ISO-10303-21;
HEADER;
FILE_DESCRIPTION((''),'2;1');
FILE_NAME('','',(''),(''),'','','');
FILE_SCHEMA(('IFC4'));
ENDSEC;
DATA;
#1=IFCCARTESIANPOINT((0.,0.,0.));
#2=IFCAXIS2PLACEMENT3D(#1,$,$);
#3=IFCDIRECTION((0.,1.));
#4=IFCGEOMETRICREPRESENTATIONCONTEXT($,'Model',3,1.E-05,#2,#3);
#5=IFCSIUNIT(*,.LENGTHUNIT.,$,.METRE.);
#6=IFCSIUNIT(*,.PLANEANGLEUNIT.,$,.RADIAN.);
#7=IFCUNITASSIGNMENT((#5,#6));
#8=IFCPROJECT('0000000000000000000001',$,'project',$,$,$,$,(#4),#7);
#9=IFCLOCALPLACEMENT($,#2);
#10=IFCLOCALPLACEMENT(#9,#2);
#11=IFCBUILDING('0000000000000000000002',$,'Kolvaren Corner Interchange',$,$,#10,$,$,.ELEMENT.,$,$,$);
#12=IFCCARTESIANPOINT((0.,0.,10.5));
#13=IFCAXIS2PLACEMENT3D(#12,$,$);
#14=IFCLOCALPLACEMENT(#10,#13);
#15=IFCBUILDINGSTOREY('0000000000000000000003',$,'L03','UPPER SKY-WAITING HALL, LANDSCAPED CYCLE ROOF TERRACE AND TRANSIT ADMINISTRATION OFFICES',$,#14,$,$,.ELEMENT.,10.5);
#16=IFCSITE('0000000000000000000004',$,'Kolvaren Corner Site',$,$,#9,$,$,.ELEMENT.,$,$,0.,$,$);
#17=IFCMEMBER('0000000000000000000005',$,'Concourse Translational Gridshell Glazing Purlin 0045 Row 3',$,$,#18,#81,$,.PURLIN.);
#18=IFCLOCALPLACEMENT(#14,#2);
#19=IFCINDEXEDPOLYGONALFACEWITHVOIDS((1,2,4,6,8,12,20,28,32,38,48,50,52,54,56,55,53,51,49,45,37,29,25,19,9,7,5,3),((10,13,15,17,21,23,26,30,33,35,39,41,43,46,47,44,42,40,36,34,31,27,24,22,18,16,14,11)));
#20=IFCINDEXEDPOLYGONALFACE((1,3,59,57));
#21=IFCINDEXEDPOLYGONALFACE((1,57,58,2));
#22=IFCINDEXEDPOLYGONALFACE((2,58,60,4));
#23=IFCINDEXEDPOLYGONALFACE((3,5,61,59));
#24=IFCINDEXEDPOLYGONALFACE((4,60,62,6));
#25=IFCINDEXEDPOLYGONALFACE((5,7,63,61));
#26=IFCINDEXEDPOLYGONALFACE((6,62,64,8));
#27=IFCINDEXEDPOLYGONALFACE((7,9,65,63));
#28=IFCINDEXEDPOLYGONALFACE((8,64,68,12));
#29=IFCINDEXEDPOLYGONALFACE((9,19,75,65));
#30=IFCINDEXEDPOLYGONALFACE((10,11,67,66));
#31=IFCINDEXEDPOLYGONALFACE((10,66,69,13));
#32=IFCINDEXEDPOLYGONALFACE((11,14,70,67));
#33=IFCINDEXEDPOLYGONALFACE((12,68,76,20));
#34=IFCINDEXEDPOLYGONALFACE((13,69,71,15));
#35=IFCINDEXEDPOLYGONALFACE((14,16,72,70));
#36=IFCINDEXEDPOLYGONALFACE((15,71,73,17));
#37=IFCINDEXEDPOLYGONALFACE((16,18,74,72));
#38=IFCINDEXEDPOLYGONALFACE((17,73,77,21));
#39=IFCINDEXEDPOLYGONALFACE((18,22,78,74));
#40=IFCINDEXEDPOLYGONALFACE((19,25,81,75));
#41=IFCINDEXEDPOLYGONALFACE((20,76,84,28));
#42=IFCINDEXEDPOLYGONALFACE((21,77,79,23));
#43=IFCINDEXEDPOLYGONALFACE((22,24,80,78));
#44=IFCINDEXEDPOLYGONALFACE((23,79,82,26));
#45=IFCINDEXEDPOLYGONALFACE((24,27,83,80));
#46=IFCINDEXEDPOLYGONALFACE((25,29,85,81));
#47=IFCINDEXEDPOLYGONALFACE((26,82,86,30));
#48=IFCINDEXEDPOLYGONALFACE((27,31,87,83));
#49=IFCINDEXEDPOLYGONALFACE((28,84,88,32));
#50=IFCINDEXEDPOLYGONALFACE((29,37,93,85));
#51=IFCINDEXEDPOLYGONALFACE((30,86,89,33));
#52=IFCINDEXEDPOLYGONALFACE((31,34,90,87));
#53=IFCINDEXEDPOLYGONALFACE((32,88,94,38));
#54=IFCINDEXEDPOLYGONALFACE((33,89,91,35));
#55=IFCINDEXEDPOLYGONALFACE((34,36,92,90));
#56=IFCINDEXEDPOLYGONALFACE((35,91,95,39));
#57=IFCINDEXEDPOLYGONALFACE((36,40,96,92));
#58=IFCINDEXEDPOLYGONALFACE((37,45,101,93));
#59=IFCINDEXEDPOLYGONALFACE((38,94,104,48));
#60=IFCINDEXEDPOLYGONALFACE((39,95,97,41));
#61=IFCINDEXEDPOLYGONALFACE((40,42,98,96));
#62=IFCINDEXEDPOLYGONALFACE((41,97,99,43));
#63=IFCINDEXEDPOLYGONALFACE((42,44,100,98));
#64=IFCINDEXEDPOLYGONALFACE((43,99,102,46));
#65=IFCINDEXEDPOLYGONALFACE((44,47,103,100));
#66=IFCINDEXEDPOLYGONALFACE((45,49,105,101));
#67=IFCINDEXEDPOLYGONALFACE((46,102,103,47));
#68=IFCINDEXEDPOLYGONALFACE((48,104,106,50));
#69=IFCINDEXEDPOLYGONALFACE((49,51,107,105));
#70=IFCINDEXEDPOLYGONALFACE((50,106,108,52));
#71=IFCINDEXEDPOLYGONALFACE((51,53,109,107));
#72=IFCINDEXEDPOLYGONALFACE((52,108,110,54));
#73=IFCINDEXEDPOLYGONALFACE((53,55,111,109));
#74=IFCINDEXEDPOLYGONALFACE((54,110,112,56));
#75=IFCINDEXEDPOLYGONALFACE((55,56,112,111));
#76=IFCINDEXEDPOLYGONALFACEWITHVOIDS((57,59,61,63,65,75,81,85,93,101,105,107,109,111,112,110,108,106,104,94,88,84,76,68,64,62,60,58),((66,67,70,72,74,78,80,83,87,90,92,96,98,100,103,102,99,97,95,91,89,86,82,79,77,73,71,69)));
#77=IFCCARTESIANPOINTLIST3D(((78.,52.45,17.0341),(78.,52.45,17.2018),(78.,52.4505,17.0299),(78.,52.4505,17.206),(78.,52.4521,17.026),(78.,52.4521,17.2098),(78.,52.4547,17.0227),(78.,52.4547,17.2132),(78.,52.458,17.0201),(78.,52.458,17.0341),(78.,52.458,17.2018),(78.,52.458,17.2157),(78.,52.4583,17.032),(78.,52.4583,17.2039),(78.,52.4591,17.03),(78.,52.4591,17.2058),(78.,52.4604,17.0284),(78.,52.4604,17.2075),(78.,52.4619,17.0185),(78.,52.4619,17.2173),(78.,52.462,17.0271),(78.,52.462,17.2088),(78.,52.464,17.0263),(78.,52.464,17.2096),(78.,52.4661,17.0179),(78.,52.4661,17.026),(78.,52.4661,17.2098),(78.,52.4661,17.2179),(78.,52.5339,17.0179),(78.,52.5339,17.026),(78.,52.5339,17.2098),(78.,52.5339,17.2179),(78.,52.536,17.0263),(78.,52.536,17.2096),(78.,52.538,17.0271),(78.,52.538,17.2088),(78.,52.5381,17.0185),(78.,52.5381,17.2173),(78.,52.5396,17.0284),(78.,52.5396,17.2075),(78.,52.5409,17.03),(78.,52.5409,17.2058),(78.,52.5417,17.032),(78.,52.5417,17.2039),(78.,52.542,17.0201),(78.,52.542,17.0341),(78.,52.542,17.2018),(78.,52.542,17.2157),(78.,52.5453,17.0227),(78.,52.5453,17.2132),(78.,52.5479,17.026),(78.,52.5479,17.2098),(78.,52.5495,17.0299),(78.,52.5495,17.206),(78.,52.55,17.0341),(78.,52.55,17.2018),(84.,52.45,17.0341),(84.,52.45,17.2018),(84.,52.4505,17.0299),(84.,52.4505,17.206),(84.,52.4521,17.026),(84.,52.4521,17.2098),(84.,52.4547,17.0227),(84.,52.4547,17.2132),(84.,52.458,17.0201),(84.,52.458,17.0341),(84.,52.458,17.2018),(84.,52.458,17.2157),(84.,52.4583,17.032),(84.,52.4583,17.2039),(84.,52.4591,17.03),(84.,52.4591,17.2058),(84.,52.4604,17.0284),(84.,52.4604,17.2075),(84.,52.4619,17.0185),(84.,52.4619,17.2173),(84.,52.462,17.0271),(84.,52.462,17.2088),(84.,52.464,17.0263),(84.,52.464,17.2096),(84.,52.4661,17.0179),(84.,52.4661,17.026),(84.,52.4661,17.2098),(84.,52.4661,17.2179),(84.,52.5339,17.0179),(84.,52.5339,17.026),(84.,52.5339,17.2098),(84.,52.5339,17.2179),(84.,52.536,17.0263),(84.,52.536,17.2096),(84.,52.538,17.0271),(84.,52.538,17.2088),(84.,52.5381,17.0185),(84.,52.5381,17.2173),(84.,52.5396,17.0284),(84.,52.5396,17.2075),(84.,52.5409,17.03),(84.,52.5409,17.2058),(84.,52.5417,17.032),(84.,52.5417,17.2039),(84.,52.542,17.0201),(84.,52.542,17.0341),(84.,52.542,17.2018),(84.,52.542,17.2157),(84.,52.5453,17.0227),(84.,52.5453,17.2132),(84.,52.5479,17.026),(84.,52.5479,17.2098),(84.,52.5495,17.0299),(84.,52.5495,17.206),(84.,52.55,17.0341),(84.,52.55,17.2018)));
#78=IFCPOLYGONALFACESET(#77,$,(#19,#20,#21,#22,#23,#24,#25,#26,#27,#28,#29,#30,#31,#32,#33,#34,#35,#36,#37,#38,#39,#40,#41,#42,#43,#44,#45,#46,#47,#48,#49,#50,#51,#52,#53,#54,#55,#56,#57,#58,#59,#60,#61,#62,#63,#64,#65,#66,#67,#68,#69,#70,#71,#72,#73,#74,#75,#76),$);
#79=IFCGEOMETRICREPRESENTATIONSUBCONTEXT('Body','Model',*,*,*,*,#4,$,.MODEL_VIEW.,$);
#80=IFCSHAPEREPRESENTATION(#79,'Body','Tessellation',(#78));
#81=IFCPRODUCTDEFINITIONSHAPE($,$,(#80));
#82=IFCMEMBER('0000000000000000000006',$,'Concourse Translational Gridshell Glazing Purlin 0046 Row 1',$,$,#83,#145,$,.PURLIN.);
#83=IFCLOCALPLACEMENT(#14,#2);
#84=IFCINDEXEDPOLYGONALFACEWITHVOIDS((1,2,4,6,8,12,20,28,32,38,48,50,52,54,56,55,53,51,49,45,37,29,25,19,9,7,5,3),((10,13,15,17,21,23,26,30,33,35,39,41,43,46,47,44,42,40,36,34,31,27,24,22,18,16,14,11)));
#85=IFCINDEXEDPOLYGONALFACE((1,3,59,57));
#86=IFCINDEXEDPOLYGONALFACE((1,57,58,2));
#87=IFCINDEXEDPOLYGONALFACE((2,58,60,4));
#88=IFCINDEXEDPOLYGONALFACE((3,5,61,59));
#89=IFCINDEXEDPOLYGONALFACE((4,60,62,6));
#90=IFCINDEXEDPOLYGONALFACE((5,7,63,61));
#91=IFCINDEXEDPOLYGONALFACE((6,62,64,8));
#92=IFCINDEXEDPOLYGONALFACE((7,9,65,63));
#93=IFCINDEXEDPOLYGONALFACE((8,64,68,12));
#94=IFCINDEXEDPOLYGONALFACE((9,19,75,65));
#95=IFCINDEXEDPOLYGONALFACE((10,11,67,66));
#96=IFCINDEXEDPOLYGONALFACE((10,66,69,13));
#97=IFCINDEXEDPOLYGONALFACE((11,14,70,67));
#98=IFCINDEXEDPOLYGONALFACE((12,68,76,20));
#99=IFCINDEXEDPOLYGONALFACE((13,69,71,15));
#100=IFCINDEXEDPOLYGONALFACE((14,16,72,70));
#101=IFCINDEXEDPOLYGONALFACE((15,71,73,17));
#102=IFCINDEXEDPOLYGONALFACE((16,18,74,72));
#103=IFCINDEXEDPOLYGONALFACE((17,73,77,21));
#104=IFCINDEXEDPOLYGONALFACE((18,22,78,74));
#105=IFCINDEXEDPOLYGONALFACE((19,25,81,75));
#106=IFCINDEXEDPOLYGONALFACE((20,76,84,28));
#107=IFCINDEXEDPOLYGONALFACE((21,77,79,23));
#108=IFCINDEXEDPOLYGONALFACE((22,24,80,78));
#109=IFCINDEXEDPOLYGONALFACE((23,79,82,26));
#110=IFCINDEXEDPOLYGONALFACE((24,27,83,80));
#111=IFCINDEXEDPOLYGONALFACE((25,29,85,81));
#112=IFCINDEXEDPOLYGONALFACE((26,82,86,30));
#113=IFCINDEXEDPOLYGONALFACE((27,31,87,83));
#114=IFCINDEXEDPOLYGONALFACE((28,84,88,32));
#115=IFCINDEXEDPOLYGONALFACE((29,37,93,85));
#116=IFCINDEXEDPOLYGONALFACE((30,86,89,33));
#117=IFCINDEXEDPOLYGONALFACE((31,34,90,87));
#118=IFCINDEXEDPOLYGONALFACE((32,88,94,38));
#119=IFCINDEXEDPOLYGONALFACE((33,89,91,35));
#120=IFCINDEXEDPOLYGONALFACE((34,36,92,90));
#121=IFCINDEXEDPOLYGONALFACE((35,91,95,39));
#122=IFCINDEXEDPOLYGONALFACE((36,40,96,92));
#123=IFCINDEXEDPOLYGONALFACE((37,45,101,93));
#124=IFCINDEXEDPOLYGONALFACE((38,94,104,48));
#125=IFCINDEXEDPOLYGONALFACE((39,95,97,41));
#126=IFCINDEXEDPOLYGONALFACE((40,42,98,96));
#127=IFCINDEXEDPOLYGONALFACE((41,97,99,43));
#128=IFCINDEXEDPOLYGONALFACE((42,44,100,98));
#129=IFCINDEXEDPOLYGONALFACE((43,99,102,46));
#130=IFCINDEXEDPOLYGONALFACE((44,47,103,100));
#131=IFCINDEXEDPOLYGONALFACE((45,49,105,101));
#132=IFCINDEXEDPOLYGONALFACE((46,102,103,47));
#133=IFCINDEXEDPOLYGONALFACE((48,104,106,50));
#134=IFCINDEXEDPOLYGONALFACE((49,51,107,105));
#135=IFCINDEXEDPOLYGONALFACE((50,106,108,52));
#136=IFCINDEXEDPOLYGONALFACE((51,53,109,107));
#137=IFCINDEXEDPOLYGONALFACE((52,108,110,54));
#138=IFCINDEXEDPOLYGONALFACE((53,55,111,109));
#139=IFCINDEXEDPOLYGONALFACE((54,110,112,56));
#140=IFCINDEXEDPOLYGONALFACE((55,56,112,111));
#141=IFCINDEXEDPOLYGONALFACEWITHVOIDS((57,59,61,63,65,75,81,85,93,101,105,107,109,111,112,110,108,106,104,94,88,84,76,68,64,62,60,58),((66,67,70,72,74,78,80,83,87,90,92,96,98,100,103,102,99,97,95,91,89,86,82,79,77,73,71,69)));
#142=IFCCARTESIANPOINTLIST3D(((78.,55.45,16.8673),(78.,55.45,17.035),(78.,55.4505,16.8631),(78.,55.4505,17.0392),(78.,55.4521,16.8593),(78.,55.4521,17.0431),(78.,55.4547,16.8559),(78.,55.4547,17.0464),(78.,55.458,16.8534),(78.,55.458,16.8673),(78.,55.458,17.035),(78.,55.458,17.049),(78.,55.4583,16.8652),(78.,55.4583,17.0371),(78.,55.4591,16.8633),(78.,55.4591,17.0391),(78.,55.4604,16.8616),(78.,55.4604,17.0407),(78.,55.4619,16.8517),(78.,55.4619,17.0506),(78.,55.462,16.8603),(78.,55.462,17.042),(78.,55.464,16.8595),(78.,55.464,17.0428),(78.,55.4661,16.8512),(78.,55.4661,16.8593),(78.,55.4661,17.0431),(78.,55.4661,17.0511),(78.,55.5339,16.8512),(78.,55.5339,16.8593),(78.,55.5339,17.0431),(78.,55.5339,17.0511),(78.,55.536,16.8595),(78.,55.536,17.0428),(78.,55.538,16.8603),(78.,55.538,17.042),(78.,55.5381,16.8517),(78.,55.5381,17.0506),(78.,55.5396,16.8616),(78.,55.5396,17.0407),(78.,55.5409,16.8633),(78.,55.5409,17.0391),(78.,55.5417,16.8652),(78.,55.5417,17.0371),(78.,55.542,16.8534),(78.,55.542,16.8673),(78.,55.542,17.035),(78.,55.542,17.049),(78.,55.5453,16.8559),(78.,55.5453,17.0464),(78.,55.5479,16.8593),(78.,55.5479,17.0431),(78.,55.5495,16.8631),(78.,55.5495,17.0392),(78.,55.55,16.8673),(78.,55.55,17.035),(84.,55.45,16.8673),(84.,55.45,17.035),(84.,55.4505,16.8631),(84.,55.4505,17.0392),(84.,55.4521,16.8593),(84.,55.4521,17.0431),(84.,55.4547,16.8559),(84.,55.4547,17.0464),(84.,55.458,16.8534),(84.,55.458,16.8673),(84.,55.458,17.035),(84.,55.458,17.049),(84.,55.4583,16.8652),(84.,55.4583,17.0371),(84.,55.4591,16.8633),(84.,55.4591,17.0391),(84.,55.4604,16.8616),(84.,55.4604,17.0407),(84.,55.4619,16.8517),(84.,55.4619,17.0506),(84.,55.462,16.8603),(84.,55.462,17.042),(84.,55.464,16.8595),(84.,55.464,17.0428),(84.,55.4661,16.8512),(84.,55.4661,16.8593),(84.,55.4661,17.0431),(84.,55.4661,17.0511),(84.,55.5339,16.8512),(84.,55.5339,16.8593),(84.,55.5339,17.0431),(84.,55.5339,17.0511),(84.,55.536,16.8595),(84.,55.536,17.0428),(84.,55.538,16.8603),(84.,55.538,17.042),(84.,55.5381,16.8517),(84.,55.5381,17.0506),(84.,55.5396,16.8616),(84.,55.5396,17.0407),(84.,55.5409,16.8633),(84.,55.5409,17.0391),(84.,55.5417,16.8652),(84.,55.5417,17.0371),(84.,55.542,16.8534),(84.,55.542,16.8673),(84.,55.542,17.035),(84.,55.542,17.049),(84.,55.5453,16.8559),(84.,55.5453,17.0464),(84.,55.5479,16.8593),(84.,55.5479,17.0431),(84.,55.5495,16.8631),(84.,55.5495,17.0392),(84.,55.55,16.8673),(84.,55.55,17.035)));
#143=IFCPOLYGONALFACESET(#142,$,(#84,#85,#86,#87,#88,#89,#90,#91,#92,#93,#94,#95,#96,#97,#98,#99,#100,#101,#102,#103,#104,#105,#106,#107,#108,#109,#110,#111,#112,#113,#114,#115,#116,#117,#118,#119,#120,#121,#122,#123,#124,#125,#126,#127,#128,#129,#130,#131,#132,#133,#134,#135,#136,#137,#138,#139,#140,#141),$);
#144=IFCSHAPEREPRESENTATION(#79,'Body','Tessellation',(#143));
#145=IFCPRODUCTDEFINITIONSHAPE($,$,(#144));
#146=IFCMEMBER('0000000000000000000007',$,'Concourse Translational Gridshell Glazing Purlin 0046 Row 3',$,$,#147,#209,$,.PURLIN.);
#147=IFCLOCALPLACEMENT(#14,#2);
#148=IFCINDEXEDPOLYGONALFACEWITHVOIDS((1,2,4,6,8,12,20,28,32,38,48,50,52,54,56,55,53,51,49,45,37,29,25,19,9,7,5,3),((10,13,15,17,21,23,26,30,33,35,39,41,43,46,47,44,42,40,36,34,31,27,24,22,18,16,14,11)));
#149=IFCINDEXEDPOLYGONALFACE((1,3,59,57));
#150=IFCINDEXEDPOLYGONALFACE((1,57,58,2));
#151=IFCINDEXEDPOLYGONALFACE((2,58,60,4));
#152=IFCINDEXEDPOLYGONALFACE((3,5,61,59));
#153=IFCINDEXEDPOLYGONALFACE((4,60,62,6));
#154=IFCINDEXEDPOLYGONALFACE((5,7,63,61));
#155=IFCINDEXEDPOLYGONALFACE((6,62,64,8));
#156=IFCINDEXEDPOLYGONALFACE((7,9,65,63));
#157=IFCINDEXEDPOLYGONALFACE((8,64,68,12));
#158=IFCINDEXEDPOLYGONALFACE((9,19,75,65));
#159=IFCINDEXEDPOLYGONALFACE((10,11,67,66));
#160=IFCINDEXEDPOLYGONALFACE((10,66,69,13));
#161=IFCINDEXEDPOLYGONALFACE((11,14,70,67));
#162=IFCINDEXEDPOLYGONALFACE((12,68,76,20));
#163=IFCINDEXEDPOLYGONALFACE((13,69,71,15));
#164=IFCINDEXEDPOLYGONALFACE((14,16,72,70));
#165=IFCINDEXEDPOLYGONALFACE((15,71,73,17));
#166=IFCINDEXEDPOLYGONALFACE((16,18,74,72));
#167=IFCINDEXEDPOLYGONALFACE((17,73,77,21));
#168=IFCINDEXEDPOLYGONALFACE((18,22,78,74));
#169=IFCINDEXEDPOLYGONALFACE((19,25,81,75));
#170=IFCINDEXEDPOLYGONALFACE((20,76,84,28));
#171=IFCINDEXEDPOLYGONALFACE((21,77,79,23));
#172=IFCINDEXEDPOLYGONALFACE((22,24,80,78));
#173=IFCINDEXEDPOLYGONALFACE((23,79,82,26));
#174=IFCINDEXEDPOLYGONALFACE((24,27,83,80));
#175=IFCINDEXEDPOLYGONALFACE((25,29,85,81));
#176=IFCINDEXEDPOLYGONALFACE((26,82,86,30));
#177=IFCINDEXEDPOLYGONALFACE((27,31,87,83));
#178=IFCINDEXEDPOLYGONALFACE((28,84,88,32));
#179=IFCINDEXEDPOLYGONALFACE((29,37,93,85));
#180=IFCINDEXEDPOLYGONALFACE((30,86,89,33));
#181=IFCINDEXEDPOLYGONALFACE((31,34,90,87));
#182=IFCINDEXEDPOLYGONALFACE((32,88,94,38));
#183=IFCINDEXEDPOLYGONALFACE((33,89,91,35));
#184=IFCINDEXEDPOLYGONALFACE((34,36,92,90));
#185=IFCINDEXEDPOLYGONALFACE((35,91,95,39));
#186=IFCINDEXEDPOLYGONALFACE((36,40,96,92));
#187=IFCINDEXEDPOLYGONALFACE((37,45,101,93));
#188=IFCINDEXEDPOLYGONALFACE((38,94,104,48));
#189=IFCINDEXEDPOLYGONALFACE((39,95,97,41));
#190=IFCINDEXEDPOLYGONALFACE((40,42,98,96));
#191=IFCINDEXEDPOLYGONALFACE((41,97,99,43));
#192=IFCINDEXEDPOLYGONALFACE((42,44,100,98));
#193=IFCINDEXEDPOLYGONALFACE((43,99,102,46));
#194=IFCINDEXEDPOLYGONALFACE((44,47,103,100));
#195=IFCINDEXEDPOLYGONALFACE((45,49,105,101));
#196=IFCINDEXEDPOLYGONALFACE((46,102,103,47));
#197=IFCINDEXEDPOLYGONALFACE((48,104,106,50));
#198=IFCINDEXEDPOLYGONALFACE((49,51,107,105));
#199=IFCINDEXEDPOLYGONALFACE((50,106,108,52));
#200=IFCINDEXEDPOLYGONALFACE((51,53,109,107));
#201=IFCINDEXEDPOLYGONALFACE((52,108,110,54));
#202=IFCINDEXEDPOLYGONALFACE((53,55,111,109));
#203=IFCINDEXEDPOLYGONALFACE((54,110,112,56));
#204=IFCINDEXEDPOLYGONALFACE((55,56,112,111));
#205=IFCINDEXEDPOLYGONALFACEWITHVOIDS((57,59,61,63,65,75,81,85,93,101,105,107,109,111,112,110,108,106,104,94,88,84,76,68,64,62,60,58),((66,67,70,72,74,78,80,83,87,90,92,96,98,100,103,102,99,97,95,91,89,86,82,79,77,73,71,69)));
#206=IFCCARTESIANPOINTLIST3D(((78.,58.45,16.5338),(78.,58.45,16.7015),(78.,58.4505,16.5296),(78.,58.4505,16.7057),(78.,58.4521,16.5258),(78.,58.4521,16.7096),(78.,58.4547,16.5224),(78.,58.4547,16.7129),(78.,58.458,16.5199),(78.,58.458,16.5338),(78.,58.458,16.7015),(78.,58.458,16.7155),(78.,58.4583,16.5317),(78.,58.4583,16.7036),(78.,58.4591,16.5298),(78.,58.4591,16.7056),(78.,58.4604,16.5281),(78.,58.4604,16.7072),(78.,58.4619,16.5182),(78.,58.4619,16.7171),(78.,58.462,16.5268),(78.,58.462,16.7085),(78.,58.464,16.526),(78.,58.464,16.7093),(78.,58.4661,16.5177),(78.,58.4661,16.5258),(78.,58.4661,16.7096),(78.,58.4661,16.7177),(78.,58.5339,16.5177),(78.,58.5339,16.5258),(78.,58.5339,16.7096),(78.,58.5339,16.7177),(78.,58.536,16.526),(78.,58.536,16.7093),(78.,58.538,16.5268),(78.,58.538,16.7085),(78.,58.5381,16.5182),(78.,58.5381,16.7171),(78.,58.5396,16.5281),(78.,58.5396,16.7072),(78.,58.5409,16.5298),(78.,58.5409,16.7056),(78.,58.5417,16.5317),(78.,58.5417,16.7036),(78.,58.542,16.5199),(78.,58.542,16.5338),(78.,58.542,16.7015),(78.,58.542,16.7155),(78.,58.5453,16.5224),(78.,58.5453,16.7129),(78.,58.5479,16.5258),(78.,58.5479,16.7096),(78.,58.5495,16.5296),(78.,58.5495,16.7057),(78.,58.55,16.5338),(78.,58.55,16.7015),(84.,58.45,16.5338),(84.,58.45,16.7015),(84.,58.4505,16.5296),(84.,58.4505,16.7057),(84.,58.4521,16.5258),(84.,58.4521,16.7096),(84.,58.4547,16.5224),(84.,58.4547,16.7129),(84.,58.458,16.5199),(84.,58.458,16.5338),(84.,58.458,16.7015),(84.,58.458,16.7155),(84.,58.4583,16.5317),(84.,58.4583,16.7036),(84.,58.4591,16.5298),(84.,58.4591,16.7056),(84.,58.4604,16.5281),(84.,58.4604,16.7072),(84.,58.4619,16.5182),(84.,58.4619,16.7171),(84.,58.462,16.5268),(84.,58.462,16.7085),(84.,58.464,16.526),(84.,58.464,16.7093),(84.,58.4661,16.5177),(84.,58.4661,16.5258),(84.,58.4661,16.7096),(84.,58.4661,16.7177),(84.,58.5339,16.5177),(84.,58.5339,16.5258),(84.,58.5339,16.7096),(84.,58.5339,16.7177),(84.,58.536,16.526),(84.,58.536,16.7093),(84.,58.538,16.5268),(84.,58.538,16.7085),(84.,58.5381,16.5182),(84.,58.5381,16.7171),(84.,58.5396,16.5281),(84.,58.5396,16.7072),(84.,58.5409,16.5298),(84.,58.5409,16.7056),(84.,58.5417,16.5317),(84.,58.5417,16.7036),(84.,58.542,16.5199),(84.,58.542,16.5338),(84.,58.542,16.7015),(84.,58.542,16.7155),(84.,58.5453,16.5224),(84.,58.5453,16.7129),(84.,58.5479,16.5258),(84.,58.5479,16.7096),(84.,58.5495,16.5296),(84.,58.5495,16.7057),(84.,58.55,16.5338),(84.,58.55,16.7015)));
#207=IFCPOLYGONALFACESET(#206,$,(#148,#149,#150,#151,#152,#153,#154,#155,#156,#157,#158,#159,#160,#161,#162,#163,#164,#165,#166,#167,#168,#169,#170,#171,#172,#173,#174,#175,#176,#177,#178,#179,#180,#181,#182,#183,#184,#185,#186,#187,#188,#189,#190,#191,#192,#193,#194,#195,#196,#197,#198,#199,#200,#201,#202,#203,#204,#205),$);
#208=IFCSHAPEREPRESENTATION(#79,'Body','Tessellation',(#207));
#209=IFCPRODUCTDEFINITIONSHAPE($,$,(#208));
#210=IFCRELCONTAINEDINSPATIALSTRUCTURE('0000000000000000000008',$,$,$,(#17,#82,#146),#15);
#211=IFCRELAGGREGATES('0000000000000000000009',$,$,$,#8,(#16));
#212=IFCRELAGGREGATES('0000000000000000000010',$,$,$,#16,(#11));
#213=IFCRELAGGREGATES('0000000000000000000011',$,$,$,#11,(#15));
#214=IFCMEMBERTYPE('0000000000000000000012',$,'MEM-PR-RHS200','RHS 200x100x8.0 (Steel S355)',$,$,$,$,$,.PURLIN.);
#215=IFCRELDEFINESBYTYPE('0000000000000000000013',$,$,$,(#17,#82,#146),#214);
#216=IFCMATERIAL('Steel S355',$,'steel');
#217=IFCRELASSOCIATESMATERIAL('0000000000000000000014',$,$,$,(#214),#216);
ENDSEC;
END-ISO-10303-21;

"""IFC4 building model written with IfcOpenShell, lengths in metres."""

from ifc_helpers import new_model, si_unit, direction, frame, origin, origin_2d, place, context, subcontext, project, spatial, hollow_rectangle, extrude, material, material_profile, profile_set, type_object, element, save


model = new_model("IFC4")

# Units and contexts
model_context = context("Model", 3, precision=1e-05, world=origin(), true_north=direction((0.0, 1.0)))
body_context = subcontext(model_context, "Body", "Model", "MODEL_VIEW")
ifc_project = project(units=[si_unit("LENGTHUNIT", "METRE"), si_unit("PLANEANGLEUNIT", "RADIAN")], contexts=[model_context])

# Site, building, storey
site_placement = place(None, origin())
site = spatial("IfcSite", under=ifc_project, at=site_placement, Name="Kolvaren Corner Site", CompositionType="ELEMENT", RefElevation=0.0)
building_placement = place(site_placement, origin())
building = spatial("IfcBuilding", under=site, at=building_placement, Name="Kolvaren Corner Interchange", CompositionType="ELEMENT")
storey_placement = place(building_placement, frame((0.0, 0.0, 10.5)))
storey = spatial("IfcBuildingStorey", under=building, at=storey_placement, Name="L03", Description="UPPER SKY-WAITING HALL, LANDSCAPED CYCLE ROOF TERRACE AND TRANSIT ADMINISTRATION OFFICES", CompositionType="ELEMENT", Elevation=10.5)

# Members
ifc_material_1 = material(Name="Steel S355", Category="steel")
ifc_material_profile_1 = material_profile(ifc_material_1, hollow_rectangle(XDim=0.1001, YDim=0.2, WallThickness=0.0081, InnerFilletRadius=0.0081, OuterFilletRadius=0.0161, at=origin_2d()), Name="RHS 200x100x8.0")
ifc_profile_set_1 = profile_set([ifc_material_profile_1], Name="Steel S355")
member_type_1 = type_object("IfcMemberType", Name="MEM-PR-RHS200", Description="RHS 200x100x8.0 (Steel S355)", PredefinedType="PURLIN", material=ifc_profile_set_1)
for number, where, z_axis, x_axis, name in (
    (1, (78.0, 52.5, 17.1179), (1.0, 0.0, 0.0), (0.0, 1.0, 0.0), "Concourse Translational Gridshell Glazing Purlin 0045 Row 3"),
    (2, (78.0, 55.5, 16.9512), (1.0, 0.0, 0.0), (0.0, 1.0, 0.0), "Concourse Translational Gridshell Glazing Purlin 0046 Row 1"),
    (3, (78.0, 58.5, 16.6177), (1.0, 0.0, 0.0), (0.0, 1.0, 0.0), "Concourse Translational Gridshell Glazing Purlin 0046 Row 3"),
):
    element("IfcMember", number, at=place(storey_placement, frame(where, z_axis=z_axis, x_axis=x_axis)), inside=storey, type_object=member_type_1, Name=name, PredefinedType="PURLIN", context=body_context, shape_type="SweptSolid", body=[
        extrude(hollow_rectangle(XDim=0.1001, YDim=0.2, WallThickness=0.0081, InnerFilletRadius=0.0081, OuterFilletRadius=0.0161, at=origin_2d()), origin(), (0.0, 0.0, 1.0), 6.0),
    ])

save(model, "model.ifc")
